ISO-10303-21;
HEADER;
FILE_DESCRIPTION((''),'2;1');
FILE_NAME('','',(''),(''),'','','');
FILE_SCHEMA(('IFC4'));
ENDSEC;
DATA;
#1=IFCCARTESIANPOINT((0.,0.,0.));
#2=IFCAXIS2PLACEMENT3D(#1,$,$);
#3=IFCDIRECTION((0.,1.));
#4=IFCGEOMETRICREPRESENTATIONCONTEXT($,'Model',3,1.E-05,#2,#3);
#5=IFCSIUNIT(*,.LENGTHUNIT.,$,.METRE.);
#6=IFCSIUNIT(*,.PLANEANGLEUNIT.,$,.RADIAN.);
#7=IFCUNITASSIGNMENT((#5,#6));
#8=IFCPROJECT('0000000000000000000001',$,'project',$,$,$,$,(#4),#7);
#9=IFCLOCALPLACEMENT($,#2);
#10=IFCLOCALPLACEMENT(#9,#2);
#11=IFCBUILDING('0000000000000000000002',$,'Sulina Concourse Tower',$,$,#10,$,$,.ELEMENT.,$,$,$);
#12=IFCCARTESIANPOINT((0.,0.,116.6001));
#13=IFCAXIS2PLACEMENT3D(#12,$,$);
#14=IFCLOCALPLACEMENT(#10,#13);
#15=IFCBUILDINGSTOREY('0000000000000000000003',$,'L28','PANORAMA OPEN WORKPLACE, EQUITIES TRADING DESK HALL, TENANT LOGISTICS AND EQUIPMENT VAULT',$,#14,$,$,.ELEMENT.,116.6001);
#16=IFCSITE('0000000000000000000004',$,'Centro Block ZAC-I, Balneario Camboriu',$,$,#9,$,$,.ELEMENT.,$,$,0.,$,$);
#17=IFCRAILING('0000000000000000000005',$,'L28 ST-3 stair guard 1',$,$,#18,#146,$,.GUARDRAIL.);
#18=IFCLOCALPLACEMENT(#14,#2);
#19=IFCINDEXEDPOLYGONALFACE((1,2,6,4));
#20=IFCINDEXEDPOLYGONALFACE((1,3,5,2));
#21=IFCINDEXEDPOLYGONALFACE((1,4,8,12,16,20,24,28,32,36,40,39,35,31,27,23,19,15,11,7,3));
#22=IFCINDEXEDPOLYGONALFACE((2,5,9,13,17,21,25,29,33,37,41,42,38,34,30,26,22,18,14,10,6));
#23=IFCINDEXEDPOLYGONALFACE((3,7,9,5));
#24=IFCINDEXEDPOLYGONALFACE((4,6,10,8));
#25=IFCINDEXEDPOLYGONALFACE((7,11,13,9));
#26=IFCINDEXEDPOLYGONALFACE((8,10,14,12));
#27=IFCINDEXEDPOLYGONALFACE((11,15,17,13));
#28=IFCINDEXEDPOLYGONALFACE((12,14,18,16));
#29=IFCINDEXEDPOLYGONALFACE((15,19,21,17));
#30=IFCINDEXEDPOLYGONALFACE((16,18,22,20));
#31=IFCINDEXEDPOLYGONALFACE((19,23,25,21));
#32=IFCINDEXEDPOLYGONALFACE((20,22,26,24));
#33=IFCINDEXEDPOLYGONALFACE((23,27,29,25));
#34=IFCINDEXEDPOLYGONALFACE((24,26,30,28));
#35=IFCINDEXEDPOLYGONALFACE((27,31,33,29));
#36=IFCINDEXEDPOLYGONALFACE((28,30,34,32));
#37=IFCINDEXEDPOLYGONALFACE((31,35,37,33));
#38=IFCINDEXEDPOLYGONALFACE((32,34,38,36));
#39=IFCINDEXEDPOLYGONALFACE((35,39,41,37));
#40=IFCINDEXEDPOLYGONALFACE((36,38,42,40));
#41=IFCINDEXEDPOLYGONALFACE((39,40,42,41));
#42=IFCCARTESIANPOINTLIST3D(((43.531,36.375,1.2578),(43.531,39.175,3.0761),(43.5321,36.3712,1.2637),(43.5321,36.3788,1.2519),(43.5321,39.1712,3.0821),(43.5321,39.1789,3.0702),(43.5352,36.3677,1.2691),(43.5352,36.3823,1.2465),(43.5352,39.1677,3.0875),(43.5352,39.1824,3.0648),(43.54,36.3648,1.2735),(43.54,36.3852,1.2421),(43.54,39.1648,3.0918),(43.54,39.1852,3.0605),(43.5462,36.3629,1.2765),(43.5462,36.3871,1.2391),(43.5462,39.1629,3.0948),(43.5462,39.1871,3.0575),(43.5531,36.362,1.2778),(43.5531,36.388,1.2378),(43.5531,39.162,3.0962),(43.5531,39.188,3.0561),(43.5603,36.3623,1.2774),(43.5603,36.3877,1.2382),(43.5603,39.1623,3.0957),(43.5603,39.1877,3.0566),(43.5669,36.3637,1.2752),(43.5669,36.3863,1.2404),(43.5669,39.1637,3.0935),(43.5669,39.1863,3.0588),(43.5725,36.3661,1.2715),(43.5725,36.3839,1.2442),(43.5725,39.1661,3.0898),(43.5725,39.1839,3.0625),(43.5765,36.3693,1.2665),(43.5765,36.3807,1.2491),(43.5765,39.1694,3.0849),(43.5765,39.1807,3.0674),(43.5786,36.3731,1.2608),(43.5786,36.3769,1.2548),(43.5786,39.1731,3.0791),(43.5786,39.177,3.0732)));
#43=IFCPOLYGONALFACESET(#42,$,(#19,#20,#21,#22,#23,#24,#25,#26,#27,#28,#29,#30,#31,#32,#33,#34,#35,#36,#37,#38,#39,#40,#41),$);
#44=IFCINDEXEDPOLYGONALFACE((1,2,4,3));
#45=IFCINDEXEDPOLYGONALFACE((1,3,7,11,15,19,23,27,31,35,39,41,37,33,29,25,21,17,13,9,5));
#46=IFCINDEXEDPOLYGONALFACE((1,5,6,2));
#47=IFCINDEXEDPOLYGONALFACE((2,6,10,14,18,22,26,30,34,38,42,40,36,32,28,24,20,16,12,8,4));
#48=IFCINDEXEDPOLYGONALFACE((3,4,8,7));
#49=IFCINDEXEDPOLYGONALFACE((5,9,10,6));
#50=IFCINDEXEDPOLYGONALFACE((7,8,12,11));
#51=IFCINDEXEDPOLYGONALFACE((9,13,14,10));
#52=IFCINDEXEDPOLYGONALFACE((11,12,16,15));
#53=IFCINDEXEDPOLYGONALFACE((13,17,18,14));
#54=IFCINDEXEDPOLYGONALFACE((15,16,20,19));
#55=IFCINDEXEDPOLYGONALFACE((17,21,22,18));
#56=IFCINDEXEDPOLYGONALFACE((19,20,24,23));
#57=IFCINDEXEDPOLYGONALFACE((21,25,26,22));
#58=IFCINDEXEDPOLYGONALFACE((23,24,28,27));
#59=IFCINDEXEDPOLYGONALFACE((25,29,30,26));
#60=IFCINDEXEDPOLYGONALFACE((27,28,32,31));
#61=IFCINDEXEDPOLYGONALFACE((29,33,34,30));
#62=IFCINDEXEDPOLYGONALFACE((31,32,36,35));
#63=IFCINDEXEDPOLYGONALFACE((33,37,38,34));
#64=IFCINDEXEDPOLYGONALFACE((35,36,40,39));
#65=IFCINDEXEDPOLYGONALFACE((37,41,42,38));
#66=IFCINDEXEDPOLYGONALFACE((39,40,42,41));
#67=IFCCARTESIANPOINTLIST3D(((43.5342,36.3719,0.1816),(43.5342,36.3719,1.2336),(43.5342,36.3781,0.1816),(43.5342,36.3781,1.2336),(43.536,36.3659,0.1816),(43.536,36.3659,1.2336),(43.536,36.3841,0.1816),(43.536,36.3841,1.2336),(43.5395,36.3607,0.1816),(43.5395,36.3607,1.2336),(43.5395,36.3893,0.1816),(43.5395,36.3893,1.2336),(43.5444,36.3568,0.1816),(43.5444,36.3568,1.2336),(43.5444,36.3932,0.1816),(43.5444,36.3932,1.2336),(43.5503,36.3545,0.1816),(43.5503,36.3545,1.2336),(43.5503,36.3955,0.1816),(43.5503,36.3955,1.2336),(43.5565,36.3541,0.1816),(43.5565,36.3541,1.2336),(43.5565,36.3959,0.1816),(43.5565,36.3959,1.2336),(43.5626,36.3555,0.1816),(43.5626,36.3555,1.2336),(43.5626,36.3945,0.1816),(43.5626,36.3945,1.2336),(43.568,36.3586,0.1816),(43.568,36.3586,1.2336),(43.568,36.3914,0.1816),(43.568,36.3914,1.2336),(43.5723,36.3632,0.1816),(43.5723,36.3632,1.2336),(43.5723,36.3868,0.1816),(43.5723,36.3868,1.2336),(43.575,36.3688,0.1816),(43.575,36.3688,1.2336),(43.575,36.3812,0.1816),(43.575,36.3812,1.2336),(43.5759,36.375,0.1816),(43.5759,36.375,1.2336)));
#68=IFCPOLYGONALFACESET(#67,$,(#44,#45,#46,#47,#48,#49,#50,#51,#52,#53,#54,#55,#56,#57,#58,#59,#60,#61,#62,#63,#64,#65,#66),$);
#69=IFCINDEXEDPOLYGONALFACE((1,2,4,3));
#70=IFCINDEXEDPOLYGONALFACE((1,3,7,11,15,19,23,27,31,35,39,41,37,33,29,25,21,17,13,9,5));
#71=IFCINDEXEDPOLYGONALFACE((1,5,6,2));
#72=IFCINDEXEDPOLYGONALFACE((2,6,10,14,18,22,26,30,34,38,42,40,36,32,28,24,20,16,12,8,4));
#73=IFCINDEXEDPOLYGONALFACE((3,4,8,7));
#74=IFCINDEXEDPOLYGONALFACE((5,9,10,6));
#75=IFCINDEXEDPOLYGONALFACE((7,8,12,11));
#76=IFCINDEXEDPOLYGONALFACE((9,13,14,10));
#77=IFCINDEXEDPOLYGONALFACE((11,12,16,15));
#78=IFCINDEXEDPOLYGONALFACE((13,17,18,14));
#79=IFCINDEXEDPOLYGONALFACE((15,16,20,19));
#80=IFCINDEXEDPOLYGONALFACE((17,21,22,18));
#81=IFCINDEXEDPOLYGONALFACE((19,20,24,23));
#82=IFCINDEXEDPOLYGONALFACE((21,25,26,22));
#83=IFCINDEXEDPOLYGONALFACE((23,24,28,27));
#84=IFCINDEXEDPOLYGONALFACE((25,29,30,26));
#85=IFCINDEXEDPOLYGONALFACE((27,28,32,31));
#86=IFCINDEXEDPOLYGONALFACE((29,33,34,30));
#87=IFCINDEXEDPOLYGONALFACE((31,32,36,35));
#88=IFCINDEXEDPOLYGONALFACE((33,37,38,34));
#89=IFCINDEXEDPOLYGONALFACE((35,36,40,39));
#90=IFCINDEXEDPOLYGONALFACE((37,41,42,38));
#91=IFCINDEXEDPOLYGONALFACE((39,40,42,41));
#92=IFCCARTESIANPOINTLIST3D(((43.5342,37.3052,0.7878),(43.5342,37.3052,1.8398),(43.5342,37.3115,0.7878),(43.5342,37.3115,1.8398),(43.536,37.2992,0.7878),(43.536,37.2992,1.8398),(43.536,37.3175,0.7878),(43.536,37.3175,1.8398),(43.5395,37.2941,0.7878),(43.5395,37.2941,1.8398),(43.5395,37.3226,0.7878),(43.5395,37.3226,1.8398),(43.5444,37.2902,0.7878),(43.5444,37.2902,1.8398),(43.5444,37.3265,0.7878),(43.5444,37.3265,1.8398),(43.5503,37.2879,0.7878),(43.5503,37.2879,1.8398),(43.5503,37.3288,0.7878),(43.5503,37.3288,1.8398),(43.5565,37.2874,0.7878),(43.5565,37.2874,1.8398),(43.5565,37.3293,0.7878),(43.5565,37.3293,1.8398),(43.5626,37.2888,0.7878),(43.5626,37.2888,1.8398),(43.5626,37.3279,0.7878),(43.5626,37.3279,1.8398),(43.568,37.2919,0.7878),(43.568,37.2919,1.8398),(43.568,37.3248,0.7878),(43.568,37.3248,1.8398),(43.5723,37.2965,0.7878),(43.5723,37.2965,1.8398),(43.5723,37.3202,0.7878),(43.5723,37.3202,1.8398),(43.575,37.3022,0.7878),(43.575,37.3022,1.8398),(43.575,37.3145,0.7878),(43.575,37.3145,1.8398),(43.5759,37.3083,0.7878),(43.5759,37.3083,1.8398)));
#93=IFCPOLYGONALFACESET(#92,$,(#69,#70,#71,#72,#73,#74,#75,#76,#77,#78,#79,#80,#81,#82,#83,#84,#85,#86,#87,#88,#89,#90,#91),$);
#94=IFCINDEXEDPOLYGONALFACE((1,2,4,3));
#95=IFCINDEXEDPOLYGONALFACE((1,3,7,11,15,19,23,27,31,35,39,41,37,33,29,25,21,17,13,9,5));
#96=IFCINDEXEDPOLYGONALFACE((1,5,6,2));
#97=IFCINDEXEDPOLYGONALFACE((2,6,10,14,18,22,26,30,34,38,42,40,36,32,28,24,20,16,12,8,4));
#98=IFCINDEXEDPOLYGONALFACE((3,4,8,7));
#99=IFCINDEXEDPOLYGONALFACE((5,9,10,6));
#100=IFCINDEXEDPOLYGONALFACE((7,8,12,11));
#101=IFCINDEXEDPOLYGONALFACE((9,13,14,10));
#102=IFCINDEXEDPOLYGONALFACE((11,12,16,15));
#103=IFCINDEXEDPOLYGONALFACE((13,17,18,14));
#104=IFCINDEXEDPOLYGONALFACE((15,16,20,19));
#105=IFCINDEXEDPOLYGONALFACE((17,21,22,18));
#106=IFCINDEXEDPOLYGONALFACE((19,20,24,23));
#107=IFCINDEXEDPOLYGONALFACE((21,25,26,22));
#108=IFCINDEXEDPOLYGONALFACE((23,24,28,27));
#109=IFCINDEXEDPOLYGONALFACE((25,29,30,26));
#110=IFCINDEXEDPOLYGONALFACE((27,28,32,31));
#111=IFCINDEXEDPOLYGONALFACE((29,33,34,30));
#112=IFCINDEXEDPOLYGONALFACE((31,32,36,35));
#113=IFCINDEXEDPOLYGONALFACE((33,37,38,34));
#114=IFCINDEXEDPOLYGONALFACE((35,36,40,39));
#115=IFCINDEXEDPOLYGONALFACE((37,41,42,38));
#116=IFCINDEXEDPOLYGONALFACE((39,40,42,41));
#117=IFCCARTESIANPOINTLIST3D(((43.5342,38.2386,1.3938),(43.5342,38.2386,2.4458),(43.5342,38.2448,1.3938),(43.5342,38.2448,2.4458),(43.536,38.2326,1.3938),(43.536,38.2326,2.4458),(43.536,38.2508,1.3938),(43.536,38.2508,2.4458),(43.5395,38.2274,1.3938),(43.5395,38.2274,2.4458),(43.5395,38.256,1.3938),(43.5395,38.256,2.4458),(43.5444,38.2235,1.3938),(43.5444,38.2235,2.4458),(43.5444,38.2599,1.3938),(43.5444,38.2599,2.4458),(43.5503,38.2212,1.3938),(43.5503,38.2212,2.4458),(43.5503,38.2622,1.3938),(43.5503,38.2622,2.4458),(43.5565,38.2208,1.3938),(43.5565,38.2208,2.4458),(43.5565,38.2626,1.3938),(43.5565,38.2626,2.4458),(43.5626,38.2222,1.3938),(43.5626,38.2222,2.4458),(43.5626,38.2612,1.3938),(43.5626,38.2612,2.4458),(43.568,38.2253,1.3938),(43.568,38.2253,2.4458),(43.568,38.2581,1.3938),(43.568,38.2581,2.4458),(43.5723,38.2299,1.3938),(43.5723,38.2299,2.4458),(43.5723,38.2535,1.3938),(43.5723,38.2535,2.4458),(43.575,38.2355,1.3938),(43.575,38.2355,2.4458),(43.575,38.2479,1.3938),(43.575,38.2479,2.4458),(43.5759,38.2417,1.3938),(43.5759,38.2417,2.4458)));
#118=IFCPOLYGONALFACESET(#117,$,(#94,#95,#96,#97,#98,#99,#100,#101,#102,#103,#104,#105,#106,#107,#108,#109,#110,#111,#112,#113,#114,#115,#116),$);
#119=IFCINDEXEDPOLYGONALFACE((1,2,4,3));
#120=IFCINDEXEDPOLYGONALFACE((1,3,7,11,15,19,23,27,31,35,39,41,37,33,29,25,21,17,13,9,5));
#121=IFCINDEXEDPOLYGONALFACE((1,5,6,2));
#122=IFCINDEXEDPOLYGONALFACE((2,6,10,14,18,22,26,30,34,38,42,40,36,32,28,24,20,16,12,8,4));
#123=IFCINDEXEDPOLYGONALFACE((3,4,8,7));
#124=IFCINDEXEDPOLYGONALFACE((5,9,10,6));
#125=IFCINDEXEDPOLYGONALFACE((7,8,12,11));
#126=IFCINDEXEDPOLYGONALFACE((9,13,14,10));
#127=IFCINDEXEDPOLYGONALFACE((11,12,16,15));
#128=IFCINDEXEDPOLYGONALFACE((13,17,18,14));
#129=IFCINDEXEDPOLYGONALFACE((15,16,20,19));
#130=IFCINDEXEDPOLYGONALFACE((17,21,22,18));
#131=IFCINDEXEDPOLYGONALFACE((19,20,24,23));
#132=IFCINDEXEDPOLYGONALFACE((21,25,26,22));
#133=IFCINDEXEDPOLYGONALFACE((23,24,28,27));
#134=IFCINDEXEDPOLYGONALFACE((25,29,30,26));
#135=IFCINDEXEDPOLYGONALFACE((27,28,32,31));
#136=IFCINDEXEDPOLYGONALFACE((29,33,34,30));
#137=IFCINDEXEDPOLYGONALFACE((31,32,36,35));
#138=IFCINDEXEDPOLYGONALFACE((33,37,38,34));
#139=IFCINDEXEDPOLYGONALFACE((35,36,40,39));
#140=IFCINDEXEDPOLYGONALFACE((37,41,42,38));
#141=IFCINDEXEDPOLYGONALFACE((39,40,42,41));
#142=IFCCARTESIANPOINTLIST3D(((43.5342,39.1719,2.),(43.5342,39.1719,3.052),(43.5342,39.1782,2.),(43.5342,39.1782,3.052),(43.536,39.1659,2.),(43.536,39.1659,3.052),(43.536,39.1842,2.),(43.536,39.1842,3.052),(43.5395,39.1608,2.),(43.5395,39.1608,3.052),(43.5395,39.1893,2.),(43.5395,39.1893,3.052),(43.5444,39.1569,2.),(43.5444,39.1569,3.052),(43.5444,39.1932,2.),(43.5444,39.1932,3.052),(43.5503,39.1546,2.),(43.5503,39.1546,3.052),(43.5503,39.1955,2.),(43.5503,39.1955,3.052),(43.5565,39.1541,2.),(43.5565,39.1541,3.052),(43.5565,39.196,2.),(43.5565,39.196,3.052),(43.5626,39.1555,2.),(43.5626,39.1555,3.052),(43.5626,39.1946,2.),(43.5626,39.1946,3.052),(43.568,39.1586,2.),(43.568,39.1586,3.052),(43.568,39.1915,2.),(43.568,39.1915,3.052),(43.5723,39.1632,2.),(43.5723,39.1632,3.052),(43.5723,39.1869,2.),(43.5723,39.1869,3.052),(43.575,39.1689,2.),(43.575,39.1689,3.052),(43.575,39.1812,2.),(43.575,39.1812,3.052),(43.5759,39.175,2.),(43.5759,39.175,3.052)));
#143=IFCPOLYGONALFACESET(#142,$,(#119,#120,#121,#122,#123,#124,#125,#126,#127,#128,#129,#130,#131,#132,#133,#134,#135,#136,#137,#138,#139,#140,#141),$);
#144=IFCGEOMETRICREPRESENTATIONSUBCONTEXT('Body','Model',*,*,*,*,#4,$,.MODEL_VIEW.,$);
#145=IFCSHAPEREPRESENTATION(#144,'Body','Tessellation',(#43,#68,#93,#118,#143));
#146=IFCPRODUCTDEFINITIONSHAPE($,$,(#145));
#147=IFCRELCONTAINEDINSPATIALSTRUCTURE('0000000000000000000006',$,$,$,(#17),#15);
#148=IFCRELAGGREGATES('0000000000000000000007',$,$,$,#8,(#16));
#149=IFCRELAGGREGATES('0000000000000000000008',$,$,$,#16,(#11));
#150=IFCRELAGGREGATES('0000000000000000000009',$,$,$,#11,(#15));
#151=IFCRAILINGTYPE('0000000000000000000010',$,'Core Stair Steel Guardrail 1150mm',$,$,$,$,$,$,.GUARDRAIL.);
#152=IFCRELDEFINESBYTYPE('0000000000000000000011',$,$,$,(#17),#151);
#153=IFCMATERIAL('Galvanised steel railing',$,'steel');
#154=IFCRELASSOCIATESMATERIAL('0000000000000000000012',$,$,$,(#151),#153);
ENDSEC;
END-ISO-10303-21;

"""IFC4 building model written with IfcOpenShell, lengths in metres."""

from ifc_helpers import new_model, si_unit, direction, frame, origin, origin_2d, place, context, subcontext, project, spatial, circle, extrude, material, type_object, element, save


model = new_model("IFC4")

# Units and contexts
model_context = context("Model", 3, precision=1e-05, world=origin(), true_north=direction((0.0, 1.0)))
body_context = subcontext(model_context, "Body", "Model", "MODEL_VIEW")
ifc_project = project(units=[si_unit("LENGTHUNIT", "METRE"), si_unit("PLANEANGLEUNIT", "RADIAN")], contexts=[model_context])

# Site, building, storey
site_placement = place(None, origin())
site = spatial("IfcSite", under=ifc_project, at=site_placement, Name="Centro Block ZAC-I, Balneario Camboriu", CompositionType="ELEMENT", RefElevation=0.0)
building_placement = place(site_placement, origin())
building = spatial("IfcBuilding", under=site, at=building_placement, Name="Sulina Concourse Tower", CompositionType="ELEMENT")
storey_placement = place(building_placement, frame((0.0, 0.0, 116.6001)))
storey = spatial("IfcBuildingStorey", under=building, at=storey_placement, Name="L28", Description="PANORAMA OPEN WORKPLACE, EQUITIES TRADING DESK HALL, TENANT LOGISTICS AND EQUIPMENT VAULT", CompositionType="ELEMENT", Elevation=116.6001)

# Railing
ifc_material_1 = material(Name="Galvanised steel railing", Category="steel")
railing_type_1 = type_object("IfcRailingType", Name="Core Stair Steel Guardrail 1150mm", PredefinedType="GUARDRAIL", material=ifc_material_1)
railing_1_placement = place(storey_placement, frame((43.5549, 36.375, 0.1816)))
element("IfcRailing", 1, at=railing_1_placement, inside=storey, type_object=railing_type_1, Name="L28 ST-3 stair guard 1", PredefinedType="GUARDRAIL", context=body_context, shape_type="SweptSolid", body=[
    extrude(circle(Radius=0.0239, at=origin_2d()), frame((0.0, 0.0, 1.0762), z_axis=(0.0, 0.838672, 0.544636), x_axis=(-1.0, 0.0, 0.0)), (0.0, 0.0, 1.0), 3.3386),
    extrude(circle(Radius=0.021, at=origin_2d()), origin(), (0.0, 0.0, 1.0), 1.052),
    extrude(circle(Radius=0.021, at=origin_2d()), frame((0.0, 0.9333, 0.6062)), (0.0, 0.0, 1.0), 1.052),
    extrude(circle(Radius=0.021, at=origin_2d()), frame((0.0, 1.8667, 1.2122)), (0.0, 0.0, 1.0), 1.052),
    extrude(circle(Radius=0.021, at=origin_2d()), frame((0.0, 2.8, 1.8184)), (0.0, 0.0, 1.0), 1.052),
])

save(model, "model.ifc")
